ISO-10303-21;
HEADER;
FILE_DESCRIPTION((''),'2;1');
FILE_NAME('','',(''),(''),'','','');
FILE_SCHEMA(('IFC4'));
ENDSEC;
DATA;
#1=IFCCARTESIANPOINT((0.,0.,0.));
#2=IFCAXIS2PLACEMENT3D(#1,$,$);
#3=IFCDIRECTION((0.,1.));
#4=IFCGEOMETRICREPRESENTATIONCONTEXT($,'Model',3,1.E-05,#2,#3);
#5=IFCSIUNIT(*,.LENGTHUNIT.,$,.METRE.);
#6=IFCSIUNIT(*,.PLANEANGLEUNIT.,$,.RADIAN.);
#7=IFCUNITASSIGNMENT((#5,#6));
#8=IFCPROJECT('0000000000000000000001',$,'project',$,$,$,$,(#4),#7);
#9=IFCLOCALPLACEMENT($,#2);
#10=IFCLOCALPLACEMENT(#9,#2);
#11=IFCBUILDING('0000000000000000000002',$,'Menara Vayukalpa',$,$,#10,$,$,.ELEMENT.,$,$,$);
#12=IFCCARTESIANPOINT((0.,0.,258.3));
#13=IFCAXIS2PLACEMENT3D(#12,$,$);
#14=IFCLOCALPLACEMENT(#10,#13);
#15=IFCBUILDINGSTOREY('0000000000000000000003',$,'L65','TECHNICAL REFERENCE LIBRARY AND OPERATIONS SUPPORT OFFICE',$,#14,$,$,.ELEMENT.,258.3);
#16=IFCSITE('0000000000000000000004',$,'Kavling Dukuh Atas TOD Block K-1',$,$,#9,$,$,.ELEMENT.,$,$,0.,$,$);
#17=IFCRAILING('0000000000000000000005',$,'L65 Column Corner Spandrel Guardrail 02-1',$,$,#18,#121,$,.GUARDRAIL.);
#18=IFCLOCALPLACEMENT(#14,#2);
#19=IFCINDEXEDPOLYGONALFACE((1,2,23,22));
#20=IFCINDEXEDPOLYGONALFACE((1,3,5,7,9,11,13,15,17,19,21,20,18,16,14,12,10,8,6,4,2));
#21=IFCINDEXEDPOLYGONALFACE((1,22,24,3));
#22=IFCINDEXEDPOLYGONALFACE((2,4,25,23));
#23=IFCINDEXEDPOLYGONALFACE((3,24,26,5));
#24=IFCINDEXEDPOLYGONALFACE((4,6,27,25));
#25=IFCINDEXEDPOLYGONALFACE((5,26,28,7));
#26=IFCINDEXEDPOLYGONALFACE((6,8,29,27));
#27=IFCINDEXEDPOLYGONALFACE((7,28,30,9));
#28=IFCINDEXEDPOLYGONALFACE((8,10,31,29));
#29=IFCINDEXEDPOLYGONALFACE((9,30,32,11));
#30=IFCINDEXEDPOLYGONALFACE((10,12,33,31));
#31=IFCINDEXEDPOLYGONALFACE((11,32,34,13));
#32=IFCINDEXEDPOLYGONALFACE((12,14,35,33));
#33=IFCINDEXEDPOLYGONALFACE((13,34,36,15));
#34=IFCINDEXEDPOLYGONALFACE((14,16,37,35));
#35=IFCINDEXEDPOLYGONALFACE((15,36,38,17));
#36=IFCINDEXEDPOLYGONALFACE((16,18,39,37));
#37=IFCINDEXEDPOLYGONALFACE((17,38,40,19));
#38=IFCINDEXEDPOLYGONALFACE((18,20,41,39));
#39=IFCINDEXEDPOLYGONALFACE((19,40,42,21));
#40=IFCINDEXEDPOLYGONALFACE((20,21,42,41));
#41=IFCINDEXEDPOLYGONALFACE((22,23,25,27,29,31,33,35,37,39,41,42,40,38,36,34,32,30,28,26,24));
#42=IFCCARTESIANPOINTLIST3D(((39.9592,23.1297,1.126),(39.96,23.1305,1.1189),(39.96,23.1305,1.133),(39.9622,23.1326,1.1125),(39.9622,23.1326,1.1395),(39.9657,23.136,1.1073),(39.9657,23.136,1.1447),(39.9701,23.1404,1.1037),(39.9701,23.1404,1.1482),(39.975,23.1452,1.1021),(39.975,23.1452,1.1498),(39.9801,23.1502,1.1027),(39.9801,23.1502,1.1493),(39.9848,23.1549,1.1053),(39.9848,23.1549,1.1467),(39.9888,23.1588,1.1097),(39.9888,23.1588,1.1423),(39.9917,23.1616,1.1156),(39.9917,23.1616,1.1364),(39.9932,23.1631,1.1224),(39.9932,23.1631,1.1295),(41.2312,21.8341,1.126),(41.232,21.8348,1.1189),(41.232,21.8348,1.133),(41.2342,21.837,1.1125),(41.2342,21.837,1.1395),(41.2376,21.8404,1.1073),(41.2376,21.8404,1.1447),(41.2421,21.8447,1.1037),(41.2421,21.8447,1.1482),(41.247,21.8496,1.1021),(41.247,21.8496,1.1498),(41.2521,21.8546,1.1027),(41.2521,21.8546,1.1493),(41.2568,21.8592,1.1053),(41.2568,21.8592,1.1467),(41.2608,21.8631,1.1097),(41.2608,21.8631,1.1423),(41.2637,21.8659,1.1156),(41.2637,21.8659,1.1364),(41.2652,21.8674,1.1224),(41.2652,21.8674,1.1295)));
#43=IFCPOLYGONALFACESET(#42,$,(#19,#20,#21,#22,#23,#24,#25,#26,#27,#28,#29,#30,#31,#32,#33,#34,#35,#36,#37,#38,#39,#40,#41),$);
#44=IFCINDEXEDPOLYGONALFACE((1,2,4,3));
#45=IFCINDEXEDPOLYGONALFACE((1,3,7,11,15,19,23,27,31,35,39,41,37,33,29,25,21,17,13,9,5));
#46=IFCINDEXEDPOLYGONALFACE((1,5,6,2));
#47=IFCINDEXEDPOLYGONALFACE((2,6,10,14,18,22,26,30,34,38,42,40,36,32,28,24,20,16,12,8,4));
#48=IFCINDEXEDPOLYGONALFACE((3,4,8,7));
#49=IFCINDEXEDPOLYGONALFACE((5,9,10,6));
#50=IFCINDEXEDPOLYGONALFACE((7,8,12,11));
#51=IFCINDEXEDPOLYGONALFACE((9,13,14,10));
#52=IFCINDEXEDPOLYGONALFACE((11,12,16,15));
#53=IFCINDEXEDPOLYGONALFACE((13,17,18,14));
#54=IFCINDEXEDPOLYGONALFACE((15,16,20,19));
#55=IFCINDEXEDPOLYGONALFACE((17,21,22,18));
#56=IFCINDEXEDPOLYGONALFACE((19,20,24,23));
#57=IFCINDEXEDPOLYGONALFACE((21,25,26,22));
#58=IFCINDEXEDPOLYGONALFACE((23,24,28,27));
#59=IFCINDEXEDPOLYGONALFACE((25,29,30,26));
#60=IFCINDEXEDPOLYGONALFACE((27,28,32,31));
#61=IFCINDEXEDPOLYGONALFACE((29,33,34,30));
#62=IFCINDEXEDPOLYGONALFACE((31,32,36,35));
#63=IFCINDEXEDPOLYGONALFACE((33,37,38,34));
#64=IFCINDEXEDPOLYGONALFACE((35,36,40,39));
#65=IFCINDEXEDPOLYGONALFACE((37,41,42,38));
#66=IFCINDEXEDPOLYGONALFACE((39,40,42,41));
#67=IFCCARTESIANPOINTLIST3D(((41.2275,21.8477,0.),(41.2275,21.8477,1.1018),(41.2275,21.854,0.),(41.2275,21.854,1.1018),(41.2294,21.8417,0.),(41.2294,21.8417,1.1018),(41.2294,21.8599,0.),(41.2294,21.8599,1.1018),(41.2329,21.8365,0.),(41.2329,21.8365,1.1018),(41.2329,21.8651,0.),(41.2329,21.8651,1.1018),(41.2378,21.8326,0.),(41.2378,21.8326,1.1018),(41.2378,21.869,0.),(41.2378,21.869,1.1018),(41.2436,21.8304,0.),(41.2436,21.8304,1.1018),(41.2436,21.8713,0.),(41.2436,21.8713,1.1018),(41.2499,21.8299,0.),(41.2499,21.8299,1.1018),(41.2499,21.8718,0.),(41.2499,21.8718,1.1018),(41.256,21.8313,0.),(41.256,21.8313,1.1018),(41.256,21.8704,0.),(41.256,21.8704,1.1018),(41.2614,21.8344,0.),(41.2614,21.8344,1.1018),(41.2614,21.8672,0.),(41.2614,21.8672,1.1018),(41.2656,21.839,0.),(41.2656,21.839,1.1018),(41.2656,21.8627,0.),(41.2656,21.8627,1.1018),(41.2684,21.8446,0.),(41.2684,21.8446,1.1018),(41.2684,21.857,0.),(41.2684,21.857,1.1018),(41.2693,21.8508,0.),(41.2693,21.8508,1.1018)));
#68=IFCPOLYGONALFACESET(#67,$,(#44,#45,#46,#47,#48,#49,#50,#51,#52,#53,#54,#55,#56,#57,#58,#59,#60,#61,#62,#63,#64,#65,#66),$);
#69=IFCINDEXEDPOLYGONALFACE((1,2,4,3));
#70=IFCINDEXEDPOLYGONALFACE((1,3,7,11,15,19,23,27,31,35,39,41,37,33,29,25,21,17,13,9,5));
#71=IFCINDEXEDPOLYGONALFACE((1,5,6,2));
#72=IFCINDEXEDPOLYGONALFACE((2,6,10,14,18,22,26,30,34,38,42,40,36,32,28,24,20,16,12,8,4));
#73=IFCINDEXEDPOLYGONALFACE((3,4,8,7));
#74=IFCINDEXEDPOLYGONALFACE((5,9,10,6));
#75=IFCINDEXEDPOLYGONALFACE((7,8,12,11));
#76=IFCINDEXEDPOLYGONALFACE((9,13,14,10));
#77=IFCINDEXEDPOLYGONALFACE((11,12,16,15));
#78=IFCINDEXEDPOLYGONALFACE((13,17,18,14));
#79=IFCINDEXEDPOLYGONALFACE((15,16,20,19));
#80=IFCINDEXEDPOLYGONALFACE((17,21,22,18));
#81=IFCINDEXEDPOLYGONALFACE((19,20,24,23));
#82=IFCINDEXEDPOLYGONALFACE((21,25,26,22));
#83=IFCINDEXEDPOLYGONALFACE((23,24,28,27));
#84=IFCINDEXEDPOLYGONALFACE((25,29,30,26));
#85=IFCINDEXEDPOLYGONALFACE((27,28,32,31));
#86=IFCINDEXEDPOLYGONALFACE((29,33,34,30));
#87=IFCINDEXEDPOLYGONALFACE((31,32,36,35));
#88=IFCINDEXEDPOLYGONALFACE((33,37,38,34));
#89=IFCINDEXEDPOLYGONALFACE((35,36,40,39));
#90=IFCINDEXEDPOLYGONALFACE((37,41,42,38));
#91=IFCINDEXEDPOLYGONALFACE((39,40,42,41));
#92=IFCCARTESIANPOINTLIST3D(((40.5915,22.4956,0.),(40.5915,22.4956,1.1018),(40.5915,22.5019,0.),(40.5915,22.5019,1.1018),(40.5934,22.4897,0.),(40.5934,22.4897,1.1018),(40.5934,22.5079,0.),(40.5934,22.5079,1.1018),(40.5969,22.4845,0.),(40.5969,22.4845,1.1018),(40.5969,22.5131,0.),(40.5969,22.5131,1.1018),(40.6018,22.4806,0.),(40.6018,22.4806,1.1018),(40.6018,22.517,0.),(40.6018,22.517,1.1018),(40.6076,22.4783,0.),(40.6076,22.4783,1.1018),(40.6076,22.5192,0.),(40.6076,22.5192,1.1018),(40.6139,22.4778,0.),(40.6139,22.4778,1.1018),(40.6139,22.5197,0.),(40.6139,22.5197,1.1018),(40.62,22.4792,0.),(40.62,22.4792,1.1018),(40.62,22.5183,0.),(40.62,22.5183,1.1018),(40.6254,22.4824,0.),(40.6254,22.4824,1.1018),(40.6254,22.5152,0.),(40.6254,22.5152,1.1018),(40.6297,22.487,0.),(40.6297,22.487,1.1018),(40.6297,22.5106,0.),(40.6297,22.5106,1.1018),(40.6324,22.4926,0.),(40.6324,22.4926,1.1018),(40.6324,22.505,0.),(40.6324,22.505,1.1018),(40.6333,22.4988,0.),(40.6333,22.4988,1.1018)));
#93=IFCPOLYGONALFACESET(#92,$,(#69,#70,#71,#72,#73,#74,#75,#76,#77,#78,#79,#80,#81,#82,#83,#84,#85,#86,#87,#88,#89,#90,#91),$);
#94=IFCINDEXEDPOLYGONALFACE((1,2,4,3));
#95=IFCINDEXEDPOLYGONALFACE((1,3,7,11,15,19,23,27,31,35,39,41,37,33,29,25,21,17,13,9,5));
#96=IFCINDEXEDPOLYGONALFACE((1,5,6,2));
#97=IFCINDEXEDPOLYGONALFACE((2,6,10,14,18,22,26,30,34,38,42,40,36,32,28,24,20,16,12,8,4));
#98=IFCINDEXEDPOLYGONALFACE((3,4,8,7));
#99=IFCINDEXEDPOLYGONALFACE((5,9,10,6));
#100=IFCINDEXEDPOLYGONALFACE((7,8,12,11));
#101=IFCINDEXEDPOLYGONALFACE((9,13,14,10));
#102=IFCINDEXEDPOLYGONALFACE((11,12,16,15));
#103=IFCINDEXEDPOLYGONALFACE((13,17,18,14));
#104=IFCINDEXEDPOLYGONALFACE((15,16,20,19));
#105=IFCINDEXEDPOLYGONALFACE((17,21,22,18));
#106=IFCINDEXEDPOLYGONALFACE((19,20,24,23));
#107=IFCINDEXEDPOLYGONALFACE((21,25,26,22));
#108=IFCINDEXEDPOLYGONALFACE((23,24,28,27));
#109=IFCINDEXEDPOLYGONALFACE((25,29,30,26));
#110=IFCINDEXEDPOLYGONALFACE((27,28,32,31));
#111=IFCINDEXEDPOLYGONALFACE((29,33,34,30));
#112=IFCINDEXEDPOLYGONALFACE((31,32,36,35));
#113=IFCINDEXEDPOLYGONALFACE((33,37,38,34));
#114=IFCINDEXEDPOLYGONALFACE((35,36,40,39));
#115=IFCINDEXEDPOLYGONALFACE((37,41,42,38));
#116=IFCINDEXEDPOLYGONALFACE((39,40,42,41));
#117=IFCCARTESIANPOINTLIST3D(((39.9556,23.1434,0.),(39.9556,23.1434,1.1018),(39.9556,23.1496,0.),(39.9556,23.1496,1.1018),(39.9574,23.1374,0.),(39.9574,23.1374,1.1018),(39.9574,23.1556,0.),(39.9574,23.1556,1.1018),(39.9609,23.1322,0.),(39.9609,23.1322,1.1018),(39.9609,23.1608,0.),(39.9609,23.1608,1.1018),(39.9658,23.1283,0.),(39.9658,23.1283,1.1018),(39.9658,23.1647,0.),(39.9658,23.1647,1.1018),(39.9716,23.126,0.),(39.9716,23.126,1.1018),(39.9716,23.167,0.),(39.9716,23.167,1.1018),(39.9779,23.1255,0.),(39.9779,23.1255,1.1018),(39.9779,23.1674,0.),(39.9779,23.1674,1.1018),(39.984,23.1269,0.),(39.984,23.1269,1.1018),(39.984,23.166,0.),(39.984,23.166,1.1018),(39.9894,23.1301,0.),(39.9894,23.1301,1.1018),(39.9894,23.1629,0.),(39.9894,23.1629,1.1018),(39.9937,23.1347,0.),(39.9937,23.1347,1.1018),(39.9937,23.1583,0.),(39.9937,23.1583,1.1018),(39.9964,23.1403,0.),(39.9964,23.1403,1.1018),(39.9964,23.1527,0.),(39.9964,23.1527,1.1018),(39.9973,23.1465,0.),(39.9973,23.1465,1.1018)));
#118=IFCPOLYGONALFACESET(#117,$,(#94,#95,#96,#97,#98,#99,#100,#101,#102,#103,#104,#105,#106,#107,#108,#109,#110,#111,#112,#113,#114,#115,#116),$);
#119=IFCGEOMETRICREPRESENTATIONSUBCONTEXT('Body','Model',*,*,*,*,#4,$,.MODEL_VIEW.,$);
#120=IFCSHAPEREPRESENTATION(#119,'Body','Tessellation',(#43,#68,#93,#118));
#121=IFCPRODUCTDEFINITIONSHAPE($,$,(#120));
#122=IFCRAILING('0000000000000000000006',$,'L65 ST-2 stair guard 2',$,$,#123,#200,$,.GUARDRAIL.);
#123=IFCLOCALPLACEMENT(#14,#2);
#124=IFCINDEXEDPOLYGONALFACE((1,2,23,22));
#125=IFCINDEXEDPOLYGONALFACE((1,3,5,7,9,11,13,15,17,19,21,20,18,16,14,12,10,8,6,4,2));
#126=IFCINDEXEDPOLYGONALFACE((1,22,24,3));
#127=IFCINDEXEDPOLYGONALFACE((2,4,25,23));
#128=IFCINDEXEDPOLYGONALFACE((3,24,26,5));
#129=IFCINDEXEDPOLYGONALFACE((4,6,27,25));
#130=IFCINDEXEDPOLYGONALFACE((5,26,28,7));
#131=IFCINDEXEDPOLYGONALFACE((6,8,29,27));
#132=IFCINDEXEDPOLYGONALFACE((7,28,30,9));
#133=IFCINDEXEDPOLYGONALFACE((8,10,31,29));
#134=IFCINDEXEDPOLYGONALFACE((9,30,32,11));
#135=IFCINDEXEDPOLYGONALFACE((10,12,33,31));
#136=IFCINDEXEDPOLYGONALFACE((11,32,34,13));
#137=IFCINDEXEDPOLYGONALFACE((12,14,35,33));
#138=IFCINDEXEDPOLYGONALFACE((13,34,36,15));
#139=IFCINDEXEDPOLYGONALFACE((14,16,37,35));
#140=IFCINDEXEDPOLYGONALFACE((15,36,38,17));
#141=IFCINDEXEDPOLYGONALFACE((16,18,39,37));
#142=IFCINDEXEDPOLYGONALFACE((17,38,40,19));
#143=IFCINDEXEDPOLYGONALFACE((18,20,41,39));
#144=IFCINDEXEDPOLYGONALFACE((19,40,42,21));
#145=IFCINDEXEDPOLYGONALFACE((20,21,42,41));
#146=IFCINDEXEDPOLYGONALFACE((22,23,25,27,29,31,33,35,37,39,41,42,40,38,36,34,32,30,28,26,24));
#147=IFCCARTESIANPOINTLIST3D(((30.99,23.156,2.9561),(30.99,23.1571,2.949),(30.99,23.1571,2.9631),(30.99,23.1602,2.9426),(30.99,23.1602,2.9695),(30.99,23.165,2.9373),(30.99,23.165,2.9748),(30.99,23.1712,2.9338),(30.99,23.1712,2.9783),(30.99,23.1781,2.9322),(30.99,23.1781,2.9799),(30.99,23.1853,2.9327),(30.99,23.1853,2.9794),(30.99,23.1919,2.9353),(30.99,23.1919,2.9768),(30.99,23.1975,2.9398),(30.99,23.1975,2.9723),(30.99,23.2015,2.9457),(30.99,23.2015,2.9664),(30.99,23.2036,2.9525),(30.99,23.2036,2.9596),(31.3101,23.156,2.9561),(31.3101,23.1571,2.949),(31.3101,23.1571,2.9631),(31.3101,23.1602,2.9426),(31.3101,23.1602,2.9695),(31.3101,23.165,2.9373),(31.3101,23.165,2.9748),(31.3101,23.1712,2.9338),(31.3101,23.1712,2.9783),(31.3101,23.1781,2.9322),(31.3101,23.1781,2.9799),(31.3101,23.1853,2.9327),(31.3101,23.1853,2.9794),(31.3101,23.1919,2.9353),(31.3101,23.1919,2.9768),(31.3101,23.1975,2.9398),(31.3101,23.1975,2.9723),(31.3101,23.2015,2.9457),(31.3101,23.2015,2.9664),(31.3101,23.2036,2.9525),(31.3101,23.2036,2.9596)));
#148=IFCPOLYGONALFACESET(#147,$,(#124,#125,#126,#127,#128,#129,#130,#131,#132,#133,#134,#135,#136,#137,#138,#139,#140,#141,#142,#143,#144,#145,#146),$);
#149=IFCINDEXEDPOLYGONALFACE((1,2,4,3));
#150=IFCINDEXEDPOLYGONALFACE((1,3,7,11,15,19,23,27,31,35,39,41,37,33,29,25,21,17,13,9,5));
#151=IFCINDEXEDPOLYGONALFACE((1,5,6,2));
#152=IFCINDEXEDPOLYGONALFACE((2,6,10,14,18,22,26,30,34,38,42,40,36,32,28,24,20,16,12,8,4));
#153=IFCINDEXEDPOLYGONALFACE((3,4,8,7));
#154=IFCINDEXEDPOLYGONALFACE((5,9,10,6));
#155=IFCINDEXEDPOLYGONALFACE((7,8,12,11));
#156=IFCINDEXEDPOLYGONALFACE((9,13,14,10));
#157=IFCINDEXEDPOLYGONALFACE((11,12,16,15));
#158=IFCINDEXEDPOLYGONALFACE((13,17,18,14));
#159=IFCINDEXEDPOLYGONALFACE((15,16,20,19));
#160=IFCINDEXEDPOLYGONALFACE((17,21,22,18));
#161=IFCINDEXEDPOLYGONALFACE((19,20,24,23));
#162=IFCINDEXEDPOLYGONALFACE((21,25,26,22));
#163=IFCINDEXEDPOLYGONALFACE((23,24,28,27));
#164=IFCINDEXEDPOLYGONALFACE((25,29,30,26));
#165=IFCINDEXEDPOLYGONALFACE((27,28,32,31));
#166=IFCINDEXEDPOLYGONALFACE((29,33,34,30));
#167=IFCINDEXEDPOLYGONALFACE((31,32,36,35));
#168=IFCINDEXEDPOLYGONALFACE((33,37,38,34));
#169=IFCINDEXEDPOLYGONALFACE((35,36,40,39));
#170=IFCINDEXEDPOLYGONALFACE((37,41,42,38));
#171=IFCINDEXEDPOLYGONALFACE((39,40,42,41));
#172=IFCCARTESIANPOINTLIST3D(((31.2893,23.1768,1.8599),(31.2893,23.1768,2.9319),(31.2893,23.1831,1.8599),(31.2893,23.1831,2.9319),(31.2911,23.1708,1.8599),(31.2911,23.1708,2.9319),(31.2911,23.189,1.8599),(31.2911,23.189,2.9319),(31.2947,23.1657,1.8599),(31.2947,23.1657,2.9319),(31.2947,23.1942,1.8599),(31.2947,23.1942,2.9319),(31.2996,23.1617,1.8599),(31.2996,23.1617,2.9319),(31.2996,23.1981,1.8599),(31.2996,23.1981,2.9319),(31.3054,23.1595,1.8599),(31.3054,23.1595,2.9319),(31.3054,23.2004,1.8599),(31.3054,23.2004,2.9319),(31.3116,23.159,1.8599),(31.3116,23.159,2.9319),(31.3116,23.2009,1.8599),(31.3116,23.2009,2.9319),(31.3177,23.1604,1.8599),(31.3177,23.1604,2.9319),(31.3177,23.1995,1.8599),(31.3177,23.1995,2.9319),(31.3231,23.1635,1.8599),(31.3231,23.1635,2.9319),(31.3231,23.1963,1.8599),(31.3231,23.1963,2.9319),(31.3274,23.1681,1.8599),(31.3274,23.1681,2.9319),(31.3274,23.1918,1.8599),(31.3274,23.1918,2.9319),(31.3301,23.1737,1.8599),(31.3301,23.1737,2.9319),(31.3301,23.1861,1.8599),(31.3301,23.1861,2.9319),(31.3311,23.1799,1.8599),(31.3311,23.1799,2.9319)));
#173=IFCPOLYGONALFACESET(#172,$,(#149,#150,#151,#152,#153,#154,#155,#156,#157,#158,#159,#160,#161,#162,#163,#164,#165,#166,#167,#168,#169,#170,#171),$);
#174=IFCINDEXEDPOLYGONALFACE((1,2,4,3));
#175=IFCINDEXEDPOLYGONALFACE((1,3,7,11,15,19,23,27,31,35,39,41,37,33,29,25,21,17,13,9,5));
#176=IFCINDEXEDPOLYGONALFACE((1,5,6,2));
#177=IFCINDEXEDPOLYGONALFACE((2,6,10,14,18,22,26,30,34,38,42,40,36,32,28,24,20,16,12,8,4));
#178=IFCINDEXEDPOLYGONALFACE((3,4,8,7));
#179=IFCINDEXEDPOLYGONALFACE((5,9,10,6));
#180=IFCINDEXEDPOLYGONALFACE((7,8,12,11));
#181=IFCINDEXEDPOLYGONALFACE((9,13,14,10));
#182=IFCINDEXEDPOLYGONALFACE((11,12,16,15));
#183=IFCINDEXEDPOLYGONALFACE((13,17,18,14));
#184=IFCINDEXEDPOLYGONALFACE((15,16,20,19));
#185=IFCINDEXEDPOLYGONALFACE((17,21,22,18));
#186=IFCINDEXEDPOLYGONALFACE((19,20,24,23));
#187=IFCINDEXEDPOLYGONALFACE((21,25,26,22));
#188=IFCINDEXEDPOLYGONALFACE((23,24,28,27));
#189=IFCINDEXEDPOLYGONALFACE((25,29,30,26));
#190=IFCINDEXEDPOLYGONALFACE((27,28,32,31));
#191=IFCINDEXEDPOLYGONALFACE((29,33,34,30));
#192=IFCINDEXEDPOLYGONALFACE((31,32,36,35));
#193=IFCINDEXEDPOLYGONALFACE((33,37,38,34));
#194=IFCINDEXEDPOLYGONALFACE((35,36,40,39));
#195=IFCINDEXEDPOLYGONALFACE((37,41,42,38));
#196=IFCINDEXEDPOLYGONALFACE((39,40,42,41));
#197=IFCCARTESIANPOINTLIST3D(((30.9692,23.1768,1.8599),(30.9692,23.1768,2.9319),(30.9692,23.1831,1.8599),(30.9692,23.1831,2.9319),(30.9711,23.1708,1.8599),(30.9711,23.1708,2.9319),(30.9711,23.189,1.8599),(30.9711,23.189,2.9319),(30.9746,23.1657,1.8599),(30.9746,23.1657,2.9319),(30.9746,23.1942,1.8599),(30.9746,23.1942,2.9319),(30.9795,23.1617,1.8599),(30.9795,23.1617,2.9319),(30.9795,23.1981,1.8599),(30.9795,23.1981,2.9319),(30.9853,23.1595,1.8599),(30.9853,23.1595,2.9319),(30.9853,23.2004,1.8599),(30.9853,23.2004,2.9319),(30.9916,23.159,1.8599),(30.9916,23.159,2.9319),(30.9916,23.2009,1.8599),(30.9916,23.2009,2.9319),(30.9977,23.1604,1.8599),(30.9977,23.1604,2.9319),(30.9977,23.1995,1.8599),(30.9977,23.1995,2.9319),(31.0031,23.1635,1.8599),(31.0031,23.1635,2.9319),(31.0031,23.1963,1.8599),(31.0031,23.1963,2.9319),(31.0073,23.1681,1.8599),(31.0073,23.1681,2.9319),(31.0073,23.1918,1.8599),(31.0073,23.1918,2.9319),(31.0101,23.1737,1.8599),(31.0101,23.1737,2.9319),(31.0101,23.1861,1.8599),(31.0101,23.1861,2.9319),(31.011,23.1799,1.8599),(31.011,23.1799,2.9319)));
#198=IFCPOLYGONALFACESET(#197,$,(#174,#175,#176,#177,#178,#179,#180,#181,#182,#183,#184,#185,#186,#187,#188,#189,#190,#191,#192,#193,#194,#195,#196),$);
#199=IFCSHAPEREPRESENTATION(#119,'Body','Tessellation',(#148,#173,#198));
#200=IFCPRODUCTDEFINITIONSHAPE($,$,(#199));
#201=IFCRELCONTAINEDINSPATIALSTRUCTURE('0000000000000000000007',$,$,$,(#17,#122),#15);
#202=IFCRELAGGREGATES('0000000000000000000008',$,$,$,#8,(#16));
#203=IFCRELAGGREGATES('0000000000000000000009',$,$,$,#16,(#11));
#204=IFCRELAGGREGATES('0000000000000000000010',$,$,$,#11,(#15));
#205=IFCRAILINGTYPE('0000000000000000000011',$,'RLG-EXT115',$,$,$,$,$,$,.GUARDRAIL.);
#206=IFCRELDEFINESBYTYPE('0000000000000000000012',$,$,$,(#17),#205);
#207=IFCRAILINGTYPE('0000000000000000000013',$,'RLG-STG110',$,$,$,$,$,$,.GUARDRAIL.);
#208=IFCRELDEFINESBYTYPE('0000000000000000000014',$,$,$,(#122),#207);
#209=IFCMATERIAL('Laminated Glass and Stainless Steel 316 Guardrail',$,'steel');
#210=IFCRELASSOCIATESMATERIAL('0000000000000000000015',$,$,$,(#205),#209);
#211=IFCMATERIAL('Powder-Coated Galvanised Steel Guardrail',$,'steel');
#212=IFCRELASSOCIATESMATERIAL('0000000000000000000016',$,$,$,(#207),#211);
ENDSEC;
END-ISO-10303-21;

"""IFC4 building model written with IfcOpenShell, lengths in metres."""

from ifc_helpers import new_model, si_unit, direction, frame, origin, origin_2d, place, context, subcontext, project, spatial, circle, extrude, material, type_object, element, save


model = new_model("IFC4")

# Units and contexts
model_context = context("Model", 3, precision=1e-05, world=origin(), true_north=direction((0.0, 1.0)))
body_context = subcontext(model_context, "Body", "Model", "MODEL_VIEW")
ifc_project = project(units=[si_unit("LENGTHUNIT", "METRE"), si_unit("PLANEANGLEUNIT", "RADIAN")], contexts=[model_context])

# Site, building, storey
site_placement = place(None, origin())
site = spatial("IfcSite", under=ifc_project, at=site_placement, Name="Kavling Dukuh Atas TOD Block K-1", CompositionType="ELEMENT", RefElevation=0.0)
building_placement = place(site_placement, origin())
building = spatial("IfcBuilding", under=site, at=building_placement, Name="Menara Vayukalpa", CompositionType="ELEMENT")
storey_placement = place(building_placement, frame((0.0, 0.0, 258.3)))
storey = spatial("IfcBuildingStorey", under=building, at=storey_placement, Name="L65", Description="TECHNICAL REFERENCE LIBRARY AND OPERATIONS SUPPORT OFFICE", CompositionType="ELEMENT", Elevation=258.3)

# Railings
ifc_material_1 = material(Name="Laminated Glass and Stainless Steel 316 Guardrail", Category="steel")
railing_type_1 = type_object("IfcRailingType", Name="RLG-EXT115", PredefinedType="GUARDRAIL", material=ifc_material_1)
railing_1_placement = place(storey_placement, frame((41.2483, 21.8508, 0.0)))
element("IfcRailing", 1, at=railing_1_placement, inside=storey, type_object=railing_type_1, Name="L65 Column Corner Spandrel Guardrail 02-1", PredefinedType="GUARDRAIL", context=body_context, shape_type="SweptSolid", body=[
    extrude(circle(Radius=0.0239, at=origin_2d()), frame((0.0, 0.0, 1.126), z_axis=(-0.700555, 0.713598, 0.0), x_axis=(-0.713598, -0.700555, 0.0)), (0.0, 0.0, 1.0), 1.8157),
    extrude(circle(Radius=0.021, at=origin_2d()), origin(), (0.0, 0.0, 1.0), 1.1018),
    extrude(circle(Radius=0.021, at=origin_2d()), frame((-0.636, 0.6479, 0.0)), (0.0, 0.0, 1.0), 1.1018),
    extrude(circle(Radius=0.021, at=origin_2d()), frame((-1.272, 1.2957, 0.0)), (0.0, 0.0, 1.0), 1.1018),
])
ifc_material_2 = material(Name="Powder-Coated Galvanised Steel Guardrail", Category="steel")
railing_type_2 = type_object("IfcRailingType", Name="RLG-STG110", PredefinedType="GUARDRAIL", material=ifc_material_2)
railing_2_placement = place(storey_placement, frame((31.3101, 23.1799, 1.8599)))
element("IfcRailing", 2, at=railing_2_placement, inside=storey, type_object=railing_type_2, Name="L65 ST-2 stair guard 2", PredefinedType="GUARDRAIL", context=body_context, shape_type="SweptSolid", body=[
    extrude(circle(Radius=0.0239, at=origin_2d()), frame((0.0, 0.0, 1.0962), z_axis=(-1.0, 0.0, 0.0), x_axis=(0.0, -1.0, 0.0)), (0.0, 0.0, 1.0), 0.3201),
    extrude(circle(Radius=0.021, at=origin_2d()), origin(), (0.0, 0.0, 1.0), 1.072),
    extrude(circle(Radius=0.021, at=origin_2d()), frame((-0.3201, 0.0, 0.0)), (0.0, 0.0, 1.0), 1.072),
])

save(model, "model.ifc")
